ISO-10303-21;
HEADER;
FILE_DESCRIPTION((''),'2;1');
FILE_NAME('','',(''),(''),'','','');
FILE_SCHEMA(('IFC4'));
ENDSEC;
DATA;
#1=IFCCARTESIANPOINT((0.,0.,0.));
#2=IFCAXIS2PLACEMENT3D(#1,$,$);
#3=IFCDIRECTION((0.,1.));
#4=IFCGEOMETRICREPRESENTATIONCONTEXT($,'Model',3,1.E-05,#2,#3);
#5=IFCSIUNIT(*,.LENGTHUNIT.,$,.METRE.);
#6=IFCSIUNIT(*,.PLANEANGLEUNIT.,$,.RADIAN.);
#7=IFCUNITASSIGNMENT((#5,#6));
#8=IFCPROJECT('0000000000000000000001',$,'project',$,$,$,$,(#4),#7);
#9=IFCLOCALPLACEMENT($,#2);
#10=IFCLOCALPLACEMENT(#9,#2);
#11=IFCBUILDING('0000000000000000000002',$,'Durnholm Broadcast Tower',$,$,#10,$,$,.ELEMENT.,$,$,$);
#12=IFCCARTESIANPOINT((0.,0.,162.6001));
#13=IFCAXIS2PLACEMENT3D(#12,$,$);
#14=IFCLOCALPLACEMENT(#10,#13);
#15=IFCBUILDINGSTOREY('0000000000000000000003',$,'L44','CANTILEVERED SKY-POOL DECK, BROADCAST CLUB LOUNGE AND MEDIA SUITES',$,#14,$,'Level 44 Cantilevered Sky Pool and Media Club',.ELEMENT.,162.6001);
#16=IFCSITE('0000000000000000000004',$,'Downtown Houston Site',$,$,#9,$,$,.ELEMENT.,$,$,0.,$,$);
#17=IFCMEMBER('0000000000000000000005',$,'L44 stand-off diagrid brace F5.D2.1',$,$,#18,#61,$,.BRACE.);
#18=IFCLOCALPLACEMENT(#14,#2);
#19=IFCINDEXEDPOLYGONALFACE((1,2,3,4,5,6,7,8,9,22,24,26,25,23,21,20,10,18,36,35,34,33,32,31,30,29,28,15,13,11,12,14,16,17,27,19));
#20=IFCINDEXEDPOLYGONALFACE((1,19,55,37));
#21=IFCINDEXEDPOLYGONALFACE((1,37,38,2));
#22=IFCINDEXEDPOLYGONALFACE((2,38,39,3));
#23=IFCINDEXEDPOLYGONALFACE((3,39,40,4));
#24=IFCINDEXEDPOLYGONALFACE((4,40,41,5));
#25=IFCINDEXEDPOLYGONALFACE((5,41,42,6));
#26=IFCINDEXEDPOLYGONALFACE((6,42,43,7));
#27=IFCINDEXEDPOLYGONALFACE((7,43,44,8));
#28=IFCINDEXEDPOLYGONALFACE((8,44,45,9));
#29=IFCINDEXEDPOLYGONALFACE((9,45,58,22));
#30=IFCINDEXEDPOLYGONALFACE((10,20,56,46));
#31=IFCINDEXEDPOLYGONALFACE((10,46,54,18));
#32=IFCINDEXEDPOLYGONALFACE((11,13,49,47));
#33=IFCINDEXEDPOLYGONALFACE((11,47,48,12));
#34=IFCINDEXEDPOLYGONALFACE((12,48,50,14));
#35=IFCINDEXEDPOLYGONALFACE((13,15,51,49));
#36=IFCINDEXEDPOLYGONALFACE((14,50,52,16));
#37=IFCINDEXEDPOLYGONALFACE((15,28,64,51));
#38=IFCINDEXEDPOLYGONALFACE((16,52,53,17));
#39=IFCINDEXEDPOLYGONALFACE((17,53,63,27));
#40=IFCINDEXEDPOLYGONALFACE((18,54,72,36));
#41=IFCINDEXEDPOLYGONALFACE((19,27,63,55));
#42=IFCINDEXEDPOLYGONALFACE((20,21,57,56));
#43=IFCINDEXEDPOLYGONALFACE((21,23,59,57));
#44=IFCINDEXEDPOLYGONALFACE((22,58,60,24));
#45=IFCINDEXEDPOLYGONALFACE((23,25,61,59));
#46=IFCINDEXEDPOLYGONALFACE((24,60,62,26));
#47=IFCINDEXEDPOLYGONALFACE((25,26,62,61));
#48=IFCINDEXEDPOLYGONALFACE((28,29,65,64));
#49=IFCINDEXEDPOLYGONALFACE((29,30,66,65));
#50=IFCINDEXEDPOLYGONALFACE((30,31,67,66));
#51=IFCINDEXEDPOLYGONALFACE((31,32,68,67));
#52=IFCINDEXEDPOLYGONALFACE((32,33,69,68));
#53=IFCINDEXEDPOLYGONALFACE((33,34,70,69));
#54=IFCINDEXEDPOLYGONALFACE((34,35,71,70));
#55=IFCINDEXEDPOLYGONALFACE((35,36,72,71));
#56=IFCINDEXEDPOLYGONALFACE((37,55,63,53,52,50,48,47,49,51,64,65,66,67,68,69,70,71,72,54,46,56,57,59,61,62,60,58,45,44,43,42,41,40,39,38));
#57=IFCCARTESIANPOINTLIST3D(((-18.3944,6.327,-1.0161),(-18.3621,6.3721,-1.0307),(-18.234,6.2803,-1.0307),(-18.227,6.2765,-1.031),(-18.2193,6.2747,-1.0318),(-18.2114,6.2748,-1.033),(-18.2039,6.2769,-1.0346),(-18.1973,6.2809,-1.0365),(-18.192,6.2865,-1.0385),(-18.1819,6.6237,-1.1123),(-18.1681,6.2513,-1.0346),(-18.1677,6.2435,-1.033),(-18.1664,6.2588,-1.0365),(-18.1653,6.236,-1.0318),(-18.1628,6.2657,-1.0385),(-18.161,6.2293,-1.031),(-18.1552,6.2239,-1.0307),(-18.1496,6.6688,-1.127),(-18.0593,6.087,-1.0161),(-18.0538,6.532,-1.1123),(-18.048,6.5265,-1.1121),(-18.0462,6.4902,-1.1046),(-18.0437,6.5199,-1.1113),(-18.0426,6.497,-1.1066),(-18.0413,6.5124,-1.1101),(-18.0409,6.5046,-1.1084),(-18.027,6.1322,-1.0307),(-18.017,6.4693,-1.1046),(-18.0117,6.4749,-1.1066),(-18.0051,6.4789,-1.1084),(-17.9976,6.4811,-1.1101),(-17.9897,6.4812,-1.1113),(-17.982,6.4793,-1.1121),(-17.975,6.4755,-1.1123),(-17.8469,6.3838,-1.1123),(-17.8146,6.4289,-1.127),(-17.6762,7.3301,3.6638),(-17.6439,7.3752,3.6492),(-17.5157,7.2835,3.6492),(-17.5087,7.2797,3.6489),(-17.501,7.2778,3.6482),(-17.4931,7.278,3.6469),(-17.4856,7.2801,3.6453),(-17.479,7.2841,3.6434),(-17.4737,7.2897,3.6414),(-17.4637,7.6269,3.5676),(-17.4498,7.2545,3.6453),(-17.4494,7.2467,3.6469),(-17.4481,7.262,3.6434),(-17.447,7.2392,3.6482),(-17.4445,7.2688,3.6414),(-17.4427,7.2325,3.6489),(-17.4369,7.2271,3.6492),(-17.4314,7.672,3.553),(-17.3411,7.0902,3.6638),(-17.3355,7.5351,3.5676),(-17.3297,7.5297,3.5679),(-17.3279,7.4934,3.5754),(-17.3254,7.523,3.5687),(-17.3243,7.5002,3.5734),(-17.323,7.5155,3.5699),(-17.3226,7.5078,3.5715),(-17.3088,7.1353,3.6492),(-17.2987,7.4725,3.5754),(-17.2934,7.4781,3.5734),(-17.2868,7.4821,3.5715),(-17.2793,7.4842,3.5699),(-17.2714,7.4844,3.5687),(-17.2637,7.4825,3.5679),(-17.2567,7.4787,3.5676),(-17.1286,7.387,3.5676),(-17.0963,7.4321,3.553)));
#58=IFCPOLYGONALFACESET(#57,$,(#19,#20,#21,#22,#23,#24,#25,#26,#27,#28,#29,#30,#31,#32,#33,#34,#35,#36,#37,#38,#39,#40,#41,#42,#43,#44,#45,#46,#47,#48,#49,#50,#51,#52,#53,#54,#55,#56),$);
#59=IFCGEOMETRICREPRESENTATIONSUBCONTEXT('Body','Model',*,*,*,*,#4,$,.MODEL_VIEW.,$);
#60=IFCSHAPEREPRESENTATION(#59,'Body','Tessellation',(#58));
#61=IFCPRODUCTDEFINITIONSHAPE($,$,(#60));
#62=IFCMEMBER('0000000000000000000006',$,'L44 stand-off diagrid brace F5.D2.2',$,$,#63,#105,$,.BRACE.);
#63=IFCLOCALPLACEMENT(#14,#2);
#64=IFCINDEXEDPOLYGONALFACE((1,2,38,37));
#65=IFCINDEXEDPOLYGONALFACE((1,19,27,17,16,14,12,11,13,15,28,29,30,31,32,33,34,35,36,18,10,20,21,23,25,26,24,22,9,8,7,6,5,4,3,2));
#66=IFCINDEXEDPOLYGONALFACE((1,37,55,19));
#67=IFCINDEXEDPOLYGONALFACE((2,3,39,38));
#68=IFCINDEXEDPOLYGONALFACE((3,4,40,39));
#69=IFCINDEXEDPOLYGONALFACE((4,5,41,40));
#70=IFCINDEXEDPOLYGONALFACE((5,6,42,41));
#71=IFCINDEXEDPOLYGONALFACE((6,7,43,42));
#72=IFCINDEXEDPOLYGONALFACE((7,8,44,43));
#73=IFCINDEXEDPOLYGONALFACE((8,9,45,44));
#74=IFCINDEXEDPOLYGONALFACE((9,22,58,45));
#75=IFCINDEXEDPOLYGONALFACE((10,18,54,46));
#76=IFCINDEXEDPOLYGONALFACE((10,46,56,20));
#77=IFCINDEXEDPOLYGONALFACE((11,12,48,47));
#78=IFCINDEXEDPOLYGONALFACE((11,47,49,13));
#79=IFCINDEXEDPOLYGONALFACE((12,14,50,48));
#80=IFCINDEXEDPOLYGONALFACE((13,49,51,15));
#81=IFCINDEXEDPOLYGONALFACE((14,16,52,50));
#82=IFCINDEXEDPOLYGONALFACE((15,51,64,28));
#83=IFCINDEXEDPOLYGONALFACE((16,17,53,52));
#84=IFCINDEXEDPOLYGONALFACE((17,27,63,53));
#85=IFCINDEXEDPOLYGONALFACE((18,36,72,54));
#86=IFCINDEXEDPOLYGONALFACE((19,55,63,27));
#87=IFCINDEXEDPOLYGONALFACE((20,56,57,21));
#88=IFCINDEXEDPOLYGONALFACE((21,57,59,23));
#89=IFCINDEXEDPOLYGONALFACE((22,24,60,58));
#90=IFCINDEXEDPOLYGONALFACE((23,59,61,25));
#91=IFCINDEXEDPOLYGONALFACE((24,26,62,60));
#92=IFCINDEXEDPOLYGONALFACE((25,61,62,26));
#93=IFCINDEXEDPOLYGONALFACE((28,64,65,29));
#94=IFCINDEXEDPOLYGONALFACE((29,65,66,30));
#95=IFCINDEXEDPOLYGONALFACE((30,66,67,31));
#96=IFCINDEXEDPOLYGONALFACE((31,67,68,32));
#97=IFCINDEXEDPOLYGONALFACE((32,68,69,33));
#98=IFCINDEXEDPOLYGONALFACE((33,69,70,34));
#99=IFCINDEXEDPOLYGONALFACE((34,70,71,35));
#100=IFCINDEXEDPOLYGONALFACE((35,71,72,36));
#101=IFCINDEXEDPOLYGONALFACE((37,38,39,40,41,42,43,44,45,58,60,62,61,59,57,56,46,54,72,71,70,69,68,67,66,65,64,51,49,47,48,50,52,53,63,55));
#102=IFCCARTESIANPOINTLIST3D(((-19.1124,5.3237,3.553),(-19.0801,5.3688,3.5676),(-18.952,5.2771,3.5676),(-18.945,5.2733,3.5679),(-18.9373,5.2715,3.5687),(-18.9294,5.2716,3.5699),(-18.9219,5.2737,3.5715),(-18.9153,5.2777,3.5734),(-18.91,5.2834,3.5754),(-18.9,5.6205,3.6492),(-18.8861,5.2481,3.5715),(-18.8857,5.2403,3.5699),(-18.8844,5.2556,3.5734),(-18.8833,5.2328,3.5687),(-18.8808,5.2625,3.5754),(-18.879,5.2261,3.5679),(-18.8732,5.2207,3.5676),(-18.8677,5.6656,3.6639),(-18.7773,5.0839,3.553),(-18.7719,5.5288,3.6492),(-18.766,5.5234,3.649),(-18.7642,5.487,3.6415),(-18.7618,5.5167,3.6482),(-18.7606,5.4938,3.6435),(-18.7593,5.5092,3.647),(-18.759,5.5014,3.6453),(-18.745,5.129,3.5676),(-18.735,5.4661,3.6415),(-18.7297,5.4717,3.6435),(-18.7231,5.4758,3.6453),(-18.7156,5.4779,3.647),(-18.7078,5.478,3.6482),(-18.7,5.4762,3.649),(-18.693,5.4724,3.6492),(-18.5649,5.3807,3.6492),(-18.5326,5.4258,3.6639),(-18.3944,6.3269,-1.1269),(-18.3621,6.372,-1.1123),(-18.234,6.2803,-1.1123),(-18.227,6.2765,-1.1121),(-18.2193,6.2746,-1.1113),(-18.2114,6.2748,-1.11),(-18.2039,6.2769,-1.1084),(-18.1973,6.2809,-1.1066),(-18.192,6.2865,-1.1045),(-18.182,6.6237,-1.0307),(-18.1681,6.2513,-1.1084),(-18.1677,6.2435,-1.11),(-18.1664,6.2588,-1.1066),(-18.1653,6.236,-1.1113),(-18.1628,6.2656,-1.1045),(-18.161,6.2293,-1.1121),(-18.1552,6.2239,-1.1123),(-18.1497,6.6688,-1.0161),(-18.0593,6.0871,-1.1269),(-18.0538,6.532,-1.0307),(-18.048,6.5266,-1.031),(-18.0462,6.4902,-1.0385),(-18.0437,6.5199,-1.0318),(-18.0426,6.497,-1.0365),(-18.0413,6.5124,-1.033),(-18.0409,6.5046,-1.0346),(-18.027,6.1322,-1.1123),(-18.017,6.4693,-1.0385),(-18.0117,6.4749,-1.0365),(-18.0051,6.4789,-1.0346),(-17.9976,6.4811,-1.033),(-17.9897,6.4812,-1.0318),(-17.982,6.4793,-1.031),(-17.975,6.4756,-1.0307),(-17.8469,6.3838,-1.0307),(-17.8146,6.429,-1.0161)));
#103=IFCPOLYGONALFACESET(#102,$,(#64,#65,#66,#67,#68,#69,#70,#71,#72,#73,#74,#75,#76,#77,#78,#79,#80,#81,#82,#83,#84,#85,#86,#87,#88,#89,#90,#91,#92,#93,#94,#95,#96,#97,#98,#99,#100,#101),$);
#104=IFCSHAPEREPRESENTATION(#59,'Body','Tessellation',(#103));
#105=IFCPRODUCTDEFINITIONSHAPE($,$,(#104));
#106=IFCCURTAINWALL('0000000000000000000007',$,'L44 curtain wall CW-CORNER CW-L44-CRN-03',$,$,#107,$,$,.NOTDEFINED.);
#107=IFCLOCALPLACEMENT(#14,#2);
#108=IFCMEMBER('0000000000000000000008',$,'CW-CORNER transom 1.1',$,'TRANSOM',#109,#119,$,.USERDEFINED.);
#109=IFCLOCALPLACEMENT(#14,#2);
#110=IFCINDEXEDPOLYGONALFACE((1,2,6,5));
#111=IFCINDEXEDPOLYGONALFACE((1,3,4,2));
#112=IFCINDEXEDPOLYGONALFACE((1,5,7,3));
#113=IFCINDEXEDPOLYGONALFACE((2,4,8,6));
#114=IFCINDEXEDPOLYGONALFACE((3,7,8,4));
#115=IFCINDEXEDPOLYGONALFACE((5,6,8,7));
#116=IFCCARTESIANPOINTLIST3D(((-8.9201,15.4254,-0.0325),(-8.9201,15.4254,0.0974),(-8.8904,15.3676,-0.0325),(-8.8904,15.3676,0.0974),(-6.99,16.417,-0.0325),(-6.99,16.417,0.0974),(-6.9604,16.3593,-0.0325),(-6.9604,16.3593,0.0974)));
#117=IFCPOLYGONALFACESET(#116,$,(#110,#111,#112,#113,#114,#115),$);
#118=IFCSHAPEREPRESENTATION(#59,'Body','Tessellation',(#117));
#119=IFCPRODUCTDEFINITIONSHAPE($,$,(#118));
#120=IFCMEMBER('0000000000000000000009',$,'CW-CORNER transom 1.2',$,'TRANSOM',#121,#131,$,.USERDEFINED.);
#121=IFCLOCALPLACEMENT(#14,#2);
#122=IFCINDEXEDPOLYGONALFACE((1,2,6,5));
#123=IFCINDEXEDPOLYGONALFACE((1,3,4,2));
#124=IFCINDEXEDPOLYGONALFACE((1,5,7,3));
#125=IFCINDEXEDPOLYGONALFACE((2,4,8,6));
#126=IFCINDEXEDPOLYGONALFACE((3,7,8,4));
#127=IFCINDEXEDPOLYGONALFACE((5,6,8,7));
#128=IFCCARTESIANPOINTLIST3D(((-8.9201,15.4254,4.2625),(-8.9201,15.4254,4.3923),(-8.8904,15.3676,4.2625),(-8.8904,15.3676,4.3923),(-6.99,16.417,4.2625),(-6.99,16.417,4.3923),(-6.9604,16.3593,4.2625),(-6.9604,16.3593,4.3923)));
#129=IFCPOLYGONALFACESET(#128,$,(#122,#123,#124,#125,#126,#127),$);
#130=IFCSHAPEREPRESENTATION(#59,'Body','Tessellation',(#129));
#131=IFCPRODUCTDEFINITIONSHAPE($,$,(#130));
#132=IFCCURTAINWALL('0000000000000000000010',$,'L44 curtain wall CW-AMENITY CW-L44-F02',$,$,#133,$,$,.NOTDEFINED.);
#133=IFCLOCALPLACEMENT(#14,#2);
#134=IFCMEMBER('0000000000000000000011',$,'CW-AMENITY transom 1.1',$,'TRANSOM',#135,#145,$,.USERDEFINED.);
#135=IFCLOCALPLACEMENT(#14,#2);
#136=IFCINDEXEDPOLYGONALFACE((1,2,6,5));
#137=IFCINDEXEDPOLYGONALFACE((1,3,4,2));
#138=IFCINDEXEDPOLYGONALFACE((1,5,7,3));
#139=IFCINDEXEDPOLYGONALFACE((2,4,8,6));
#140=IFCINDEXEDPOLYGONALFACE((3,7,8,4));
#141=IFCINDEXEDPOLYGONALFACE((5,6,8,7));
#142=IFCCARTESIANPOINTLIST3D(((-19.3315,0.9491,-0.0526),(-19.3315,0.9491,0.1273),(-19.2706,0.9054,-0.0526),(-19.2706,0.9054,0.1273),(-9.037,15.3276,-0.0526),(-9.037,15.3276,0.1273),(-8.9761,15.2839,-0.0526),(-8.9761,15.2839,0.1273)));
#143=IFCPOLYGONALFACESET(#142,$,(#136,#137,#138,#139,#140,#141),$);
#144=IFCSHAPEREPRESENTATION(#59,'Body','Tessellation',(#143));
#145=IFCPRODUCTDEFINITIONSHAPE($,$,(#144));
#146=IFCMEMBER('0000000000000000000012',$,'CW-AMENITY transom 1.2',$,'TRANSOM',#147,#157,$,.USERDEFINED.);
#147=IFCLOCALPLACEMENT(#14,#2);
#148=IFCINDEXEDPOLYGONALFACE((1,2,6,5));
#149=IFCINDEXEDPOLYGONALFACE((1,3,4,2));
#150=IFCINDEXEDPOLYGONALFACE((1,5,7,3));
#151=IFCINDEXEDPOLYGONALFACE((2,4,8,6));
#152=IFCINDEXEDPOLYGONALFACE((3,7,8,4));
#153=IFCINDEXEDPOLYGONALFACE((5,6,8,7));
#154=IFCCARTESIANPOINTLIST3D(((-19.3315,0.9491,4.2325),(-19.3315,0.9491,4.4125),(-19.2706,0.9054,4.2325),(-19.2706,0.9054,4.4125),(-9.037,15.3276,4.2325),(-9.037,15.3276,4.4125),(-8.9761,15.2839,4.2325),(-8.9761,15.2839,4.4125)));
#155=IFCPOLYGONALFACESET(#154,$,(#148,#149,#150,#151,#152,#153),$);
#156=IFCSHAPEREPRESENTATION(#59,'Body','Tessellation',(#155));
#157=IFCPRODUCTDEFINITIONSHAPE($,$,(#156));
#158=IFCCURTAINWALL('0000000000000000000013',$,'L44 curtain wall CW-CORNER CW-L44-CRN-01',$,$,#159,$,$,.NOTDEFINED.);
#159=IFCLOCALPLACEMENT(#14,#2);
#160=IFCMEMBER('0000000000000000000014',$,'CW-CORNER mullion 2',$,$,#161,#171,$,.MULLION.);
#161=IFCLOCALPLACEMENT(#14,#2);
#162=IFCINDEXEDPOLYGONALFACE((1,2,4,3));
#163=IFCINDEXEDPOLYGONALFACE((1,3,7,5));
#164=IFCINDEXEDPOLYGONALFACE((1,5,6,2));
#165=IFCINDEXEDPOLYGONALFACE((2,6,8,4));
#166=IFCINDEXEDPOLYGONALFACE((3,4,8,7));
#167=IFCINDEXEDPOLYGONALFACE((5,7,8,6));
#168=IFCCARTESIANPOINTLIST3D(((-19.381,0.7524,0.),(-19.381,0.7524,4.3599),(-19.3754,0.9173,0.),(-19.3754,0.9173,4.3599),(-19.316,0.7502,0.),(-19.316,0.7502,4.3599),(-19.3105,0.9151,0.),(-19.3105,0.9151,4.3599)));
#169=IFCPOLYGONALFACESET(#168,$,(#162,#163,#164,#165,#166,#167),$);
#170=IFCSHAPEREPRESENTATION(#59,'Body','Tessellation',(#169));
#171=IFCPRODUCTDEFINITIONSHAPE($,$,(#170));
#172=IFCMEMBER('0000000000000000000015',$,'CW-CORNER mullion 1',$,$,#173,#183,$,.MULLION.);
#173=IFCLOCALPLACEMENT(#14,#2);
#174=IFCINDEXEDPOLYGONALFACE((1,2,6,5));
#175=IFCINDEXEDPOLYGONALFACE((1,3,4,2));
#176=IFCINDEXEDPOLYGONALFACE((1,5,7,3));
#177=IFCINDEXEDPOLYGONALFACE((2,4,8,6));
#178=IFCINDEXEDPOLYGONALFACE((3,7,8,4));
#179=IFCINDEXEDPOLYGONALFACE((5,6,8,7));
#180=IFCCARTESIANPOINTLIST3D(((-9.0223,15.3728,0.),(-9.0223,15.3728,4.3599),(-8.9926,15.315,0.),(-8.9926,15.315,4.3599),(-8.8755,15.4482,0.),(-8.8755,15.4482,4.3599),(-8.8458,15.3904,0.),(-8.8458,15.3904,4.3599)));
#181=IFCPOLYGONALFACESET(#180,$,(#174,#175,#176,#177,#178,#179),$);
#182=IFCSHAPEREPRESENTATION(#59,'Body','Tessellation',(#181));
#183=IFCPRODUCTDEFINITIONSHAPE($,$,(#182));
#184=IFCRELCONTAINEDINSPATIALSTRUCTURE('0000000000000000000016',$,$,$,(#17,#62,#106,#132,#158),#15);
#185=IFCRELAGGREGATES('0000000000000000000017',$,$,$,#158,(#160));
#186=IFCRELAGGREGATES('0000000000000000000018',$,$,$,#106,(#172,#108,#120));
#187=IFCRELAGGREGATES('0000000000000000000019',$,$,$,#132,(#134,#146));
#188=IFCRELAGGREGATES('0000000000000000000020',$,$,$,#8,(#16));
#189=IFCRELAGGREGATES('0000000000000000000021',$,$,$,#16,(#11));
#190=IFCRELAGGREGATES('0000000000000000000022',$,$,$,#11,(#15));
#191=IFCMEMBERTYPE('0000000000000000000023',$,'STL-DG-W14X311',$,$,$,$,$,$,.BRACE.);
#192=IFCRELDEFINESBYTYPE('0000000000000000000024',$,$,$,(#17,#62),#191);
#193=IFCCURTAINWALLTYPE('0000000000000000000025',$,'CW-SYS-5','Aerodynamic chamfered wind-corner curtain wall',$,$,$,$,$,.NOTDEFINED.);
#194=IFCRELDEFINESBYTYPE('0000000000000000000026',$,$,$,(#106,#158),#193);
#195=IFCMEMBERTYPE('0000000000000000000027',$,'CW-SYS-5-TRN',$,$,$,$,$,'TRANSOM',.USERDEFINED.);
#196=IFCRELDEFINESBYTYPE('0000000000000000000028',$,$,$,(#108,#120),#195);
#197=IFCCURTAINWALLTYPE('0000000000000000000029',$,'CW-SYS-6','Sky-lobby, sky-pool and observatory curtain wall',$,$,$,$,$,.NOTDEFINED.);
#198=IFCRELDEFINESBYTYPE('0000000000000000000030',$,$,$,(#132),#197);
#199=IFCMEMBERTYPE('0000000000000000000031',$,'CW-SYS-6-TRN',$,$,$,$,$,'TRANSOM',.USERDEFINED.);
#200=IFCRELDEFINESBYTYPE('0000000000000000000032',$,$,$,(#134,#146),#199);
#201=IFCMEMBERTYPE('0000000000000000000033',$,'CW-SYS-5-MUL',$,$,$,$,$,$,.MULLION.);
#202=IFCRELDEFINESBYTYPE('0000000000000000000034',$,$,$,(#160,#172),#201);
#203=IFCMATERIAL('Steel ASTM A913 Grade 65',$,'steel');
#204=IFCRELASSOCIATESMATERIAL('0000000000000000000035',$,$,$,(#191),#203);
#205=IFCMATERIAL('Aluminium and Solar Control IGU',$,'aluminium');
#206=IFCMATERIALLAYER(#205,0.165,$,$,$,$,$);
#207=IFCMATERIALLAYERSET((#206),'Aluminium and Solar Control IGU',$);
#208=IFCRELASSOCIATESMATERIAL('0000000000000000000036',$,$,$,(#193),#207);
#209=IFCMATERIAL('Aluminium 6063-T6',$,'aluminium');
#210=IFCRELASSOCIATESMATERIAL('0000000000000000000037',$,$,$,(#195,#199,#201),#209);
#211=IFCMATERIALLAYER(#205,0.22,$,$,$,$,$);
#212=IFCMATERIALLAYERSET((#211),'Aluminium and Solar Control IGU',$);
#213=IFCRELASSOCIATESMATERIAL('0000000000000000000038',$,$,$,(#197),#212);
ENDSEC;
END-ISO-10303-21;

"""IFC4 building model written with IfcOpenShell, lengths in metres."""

from ifc_helpers import new_model, si_unit, direction, frame, origin, origin_2d, place, context, subcontext, project, spatial, rectangle, i_section, extrude, source, transform, mapped, material, layer, layer_set, material_profile, profile_set, type_object, type_shapes, element, aggregate, save


model = new_model("IFC4")

# Units and contexts
model_context = context("Model", 3, precision=1e-05, world=origin(), true_north=direction((0.0, 1.0)))
body_context = subcontext(model_context, "Body", "Model", "MODEL_VIEW")
ifc_project = project(units=[si_unit("LENGTHUNIT", "METRE"), si_unit("PLANEANGLEUNIT", "RADIAN")], contexts=[model_context])

# Site, building, storey
site_placement = place(None, origin())
site = spatial("IfcSite", under=ifc_project, at=site_placement, Name="Downtown Houston Site", CompositionType="ELEMENT", RefElevation=0.0)
building_placement = place(site_placement, origin())
building = spatial("IfcBuilding", under=site, at=building_placement, Name="Durnholm Broadcast Tower", CompositionType="ELEMENT")
storey_placement = place(building_placement, frame((0.0, 0.0, 162.6001)))
storey = spatial("IfcBuildingStorey", under=building, at=storey_placement, Name="L44", Description="CANTILEVERED SKY-POOL DECK, BROADCAST CLUB LOUNGE AND MEDIA SUITES", LongName="Level 44 Cantilevered Sky Pool and Media Club", CompositionType="ELEMENT", Elevation=162.6001)

# Members
ifc_material_1 = material(Name="Steel ASTM A913 Grade 65", Category="steel")
ifc_material_profile_1 = material_profile(ifc_material_1, i_section(OverallWidth=0.4121, OverallDepth=0.4348, WebThickness=0.0359, FlangeThickness=0.0574, FilletRadius=0.0305, at=origin_2d()), Name="W14X311")
ifc_profile_set_1 = profile_set([ifc_material_profile_1], Name="Steel ASTM A913 Grade 65")
member_type_1 = type_object("IfcMemberType", Name="STL-DG-W14X311", PredefinedType="BRACE", material=ifc_profile_set_1)
shared_shape_1 = source(origin(), body_context, "Body", "SweptSolid", [
    extrude(i_section(OverallWidth=0.4121, OverallDepth=0.4348, WebThickness=0.0359, FlangeThickness=0.0574, FilletRadius=0.0305, at=origin_2d()), origin(), (0.0, 0.0, 1.0), 4.8398),
])
type_shapes(member_type_1, [shared_shape_1])
for number, where, z_axis, x_axis, name in (
    (1, (-18.1045, 6.3779, -1.0715), (0.148406, 0.207274, 0.966961), (-0.813078, 0.582155, 0.0), "L44 stand-off diagrid brace F5.D2.1"),
    (2, (-18.1045, 6.3779, -1.0715), (-0.148357, -0.207276, 0.966968), (0.813171, -0.582024, 0.0), "L44 stand-off diagrid brace F5.D2.2"),
):
    element("IfcMember", number, at=place(storey_placement, frame(where, z_axis=z_axis, x_axis=x_axis)), inside=storey, type_object=member_type_1, Name=name, PredefinedType="BRACE", context=body_context, shape_type="MappedRepresentation", body=[
        mapped(shared_shape_1, transform((0.0, 0.0, 0.0), x_axis=(1.0, 0.0, 0.0), y_axis=(0.0, 1.0, 0.0), z_axis=(0.0, 0.0, 1.0), scale=1.0)),
    ])

# Curtain walls, members
ifc_material_2 = material(Name="Aluminium and Solar Control IGU", Category="aluminium")
ifc_layer_1 = layer(ifc_material_2, 0.165)
ifc_layer_set_1 = layer_set([ifc_layer_1], Name="Aluminium and Solar Control IGU")
curtain_wall_type_1 = type_object("IfcCurtainWallType", Name="CW-SYS-5", Description="Aerodynamic chamfered wind-corner curtain wall", PredefinedType="NOTDEFINED", material=ifc_layer_set_1)
curtain_wall_1_placement = place(storey_placement, origin())
curtain_wall_1 = element("IfcCurtainWall", 3, at=curtain_wall_1_placement, inside=storey, type_object=curtain_wall_type_1, Name="L44 curtain wall CW-CORNER CW-L44-CRN-03", PredefinedType="NOTDEFINED")
ifc_material_3 = material(Name="Aluminium 6063-T6", Category="aluminium")
ifc_material_profile_2 = material_profile(ifc_material_3, rectangle(XDim=0.0649, YDim=0.1299, at=origin_2d()), Name="CWT65X130")
ifc_profile_set_2 = profile_set([ifc_material_profile_2], Name="Aluminium 6063-T6")
member_type_2 = type_object("IfcMemberType", Name="CW-SYS-5-TRN", ElementType="TRANSOM", PredefinedType="USERDEFINED", material=ifc_profile_set_2)
shared_shape_2 = source(origin(), body_context, "Body", "SweptSolid", [
    extrude(rectangle(XDim=0.0649, YDim=0.1299, at=origin_2d()), origin(), (0.0, 0.0, 1.0), 2.1699),
])
type_shapes(member_type_2, [shared_shape_2])
member_1_placement = place(storey_placement, frame((-8.9053, 15.3965, 0.0325), z_axis=(0.889468, 0.456997, 0.0), x_axis=(-0.456997, 0.889468, 0.0)))
member_1 = element("IfcMember", 4, at=member_1_placement, type_object=member_type_2, Name="CW-CORNER transom 1.1", ObjectType="TRANSOM", PredefinedType="USERDEFINED", context=body_context, shape_type="MappedRepresentation", body=[
    mapped(shared_shape_2, transform((0.0, 0.0, 0.0), x_axis=(1.0, 0.0, 0.0), y_axis=(0.0, 1.0, 0.0), z_axis=(0.0, 0.0, 1.0), scale=1.0)),
])
member_2_placement = place(storey_placement, frame((-8.9053, 15.3965, 4.3274), z_axis=(0.889468, 0.456997, 0.0), x_axis=(-0.456997, 0.889468, 0.0)))
member_2 = element("IfcMember", 5, at=member_2_placement, type_object=member_type_2, Name="CW-CORNER transom 1.2", ObjectType="TRANSOM", PredefinedType="USERDEFINED", context=body_context, shape_type="MappedRepresentation", body=[
    mapped(shared_shape_2, transform((0.0, 0.0, 0.0), x_axis=(1.0, 0.0, 0.0), y_axis=(0.0, 1.0, 0.0), z_axis=(0.0, 0.0, 1.0), scale=1.0)),
])
ifc_layer_2 = layer(ifc_material_2, 0.22)
ifc_layer_set_2 = layer_set([ifc_layer_2], Name="Aluminium and Solar Control IGU")
curtain_wall_type_2 = type_object("IfcCurtainWallType", Name="CW-SYS-6", Description="Sky-lobby, sky-pool and observatory curtain wall", PredefinedType="NOTDEFINED", material=ifc_layer_set_2)
curtain_wall_2_placement = place(storey_placement, origin())
curtain_wall_2 = element("IfcCurtainWall", 6, at=curtain_wall_2_placement, inside=storey, type_object=curtain_wall_type_2, Name="L44 curtain wall CW-AMENITY CW-L44-F02", PredefinedType="NOTDEFINED")
ifc_material_profile_3 = material_profile(ifc_material_3, rectangle(XDim=0.075, YDim=0.1799, at=origin_2d()), Name="CWT75X180")
ifc_profile_set_3 = profile_set([ifc_material_profile_3], Name="Aluminium 6063-T6")
member_type_3 = type_object("IfcMemberType", Name="CW-SYS-6-TRN", ElementType="TRANSOM", PredefinedType="USERDEFINED", material=ifc_profile_set_3)
shared_shape_3 = source(origin(), body_context, "Body", "SweptSolid", [
    extrude(rectangle(XDim=0.075, YDim=0.1799, at=origin_2d()), origin(), (0.0, 0.0, 1.0), 17.6838),
])
type_shapes(member_type_3, [shared_shape_3])
member_3_placement = place(storey_placement, frame((-19.301, 0.9272, 0.0374), z_axis=(0.582142, 0.813087, 0.0), x_axis=(-0.813087, 0.582142, 0.0)))
member_3 = element("IfcMember", 7, at=member_3_placement, type_object=member_type_3, Name="CW-AMENITY transom 1.1", ObjectType="TRANSOM", PredefinedType="USERDEFINED", context=body_context, shape_type="MappedRepresentation", body=[
    mapped(shared_shape_3, transform((0.0, 0.0, 0.0), x_axis=(1.0, 0.0, 0.0), y_axis=(0.0, 1.0, 0.0), z_axis=(0.0, 0.0, 1.0), scale=1.0)),
])
member_4_placement = place(storey_placement, frame((-19.301, 0.9272, 4.3225), z_axis=(0.582142, 0.813087, 0.0), x_axis=(-0.813087, 0.582142, 0.0)))
member_4 = element("IfcMember", 8, at=member_4_placement, type_object=member_type_3, Name="CW-AMENITY transom 1.2", ObjectType="TRANSOM", PredefinedType="USERDEFINED", context=body_context, shape_type="MappedRepresentation", body=[
    mapped(shared_shape_3, transform((0.0, 0.0, 0.0), x_axis=(1.0, 0.0, 0.0), y_axis=(0.0, 1.0, 0.0), z_axis=(0.0, 0.0, 1.0), scale=1.0)),
])

# Curtain wall, member
curtain_wall_3_placement = place(storey_placement, origin())
curtain_wall_3 = element("IfcCurtainWall", 9, at=curtain_wall_3_placement, inside=storey, type_object=curtain_wall_type_1, Name="L44 curtain wall CW-CORNER CW-L44-CRN-01", PredefinedType="NOTDEFINED")
ifc_material_profile_4 = material_profile(ifc_material_3, rectangle(XDim=0.0649, YDim=0.165, at=origin_2d()), Name="CWM65X165")
ifc_profile_set_4 = profile_set([ifc_material_profile_4], Name="Aluminium 6063-T6")
member_type_4 = type_object("IfcMemberType", Name="CW-SYS-5-MUL", PredefinedType="MULLION", material=ifc_profile_set_4)
shared_shape_4 = source(origin(), body_context, "Body", "SweptSolid", [
    extrude(rectangle(XDim=0.0649, YDim=0.165, at=origin_2d()), origin(), (0.0, 0.0, 1.0), 4.3599),
])
type_shapes(member_type_4, [shared_shape_4])
member_5_placement = place(storey_placement, frame((-19.3457, 0.8337, 0.0), z_axis=(0.0, 0.0, 1.0), x_axis=(-0.999425, 0.033913, 0.0)))
member_5 = element("IfcMember", 10, at=member_5_placement, type_object=member_type_4, Name="CW-CORNER mullion 2", PredefinedType="MULLION", context=body_context, shape_type="MappedRepresentation", body=[
    mapped(shared_shape_4, transform((0.0, 0.0, 0.0), x_axis=(1.0, 0.0, 0.0), y_axis=(0.0, 1.0, 0.0), z_axis=(0.0, 0.0, 1.0), scale=1.0)),
])
aggregate(curtain_wall_3, [member_5])

# Member
member_6_placement = place(storey_placement, frame((-8.9341, 15.3816, 0.0), z_axis=(0.0, 0.0, 1.0), x_axis=(-0.457082, 0.889425, 0.0)))
member_6 = element("IfcMember", 11, at=member_6_placement, type_object=member_type_4, Name="CW-CORNER mullion 1", PredefinedType="MULLION", context=body_context, shape_type="MappedRepresentation", body=[
    mapped(shared_shape_4, transform((0.0, 0.0, 0.0), x_axis=(1.0, 0.0, 0.0), y_axis=(0.0, 1.0, 0.0), z_axis=(0.0, 0.0, 1.0), scale=1.0)),
])

aggregate(curtain_wall_1, [member_6, member_1, member_2])
aggregate(curtain_wall_2, [member_3, member_4])

save(model, "model.ifc")
